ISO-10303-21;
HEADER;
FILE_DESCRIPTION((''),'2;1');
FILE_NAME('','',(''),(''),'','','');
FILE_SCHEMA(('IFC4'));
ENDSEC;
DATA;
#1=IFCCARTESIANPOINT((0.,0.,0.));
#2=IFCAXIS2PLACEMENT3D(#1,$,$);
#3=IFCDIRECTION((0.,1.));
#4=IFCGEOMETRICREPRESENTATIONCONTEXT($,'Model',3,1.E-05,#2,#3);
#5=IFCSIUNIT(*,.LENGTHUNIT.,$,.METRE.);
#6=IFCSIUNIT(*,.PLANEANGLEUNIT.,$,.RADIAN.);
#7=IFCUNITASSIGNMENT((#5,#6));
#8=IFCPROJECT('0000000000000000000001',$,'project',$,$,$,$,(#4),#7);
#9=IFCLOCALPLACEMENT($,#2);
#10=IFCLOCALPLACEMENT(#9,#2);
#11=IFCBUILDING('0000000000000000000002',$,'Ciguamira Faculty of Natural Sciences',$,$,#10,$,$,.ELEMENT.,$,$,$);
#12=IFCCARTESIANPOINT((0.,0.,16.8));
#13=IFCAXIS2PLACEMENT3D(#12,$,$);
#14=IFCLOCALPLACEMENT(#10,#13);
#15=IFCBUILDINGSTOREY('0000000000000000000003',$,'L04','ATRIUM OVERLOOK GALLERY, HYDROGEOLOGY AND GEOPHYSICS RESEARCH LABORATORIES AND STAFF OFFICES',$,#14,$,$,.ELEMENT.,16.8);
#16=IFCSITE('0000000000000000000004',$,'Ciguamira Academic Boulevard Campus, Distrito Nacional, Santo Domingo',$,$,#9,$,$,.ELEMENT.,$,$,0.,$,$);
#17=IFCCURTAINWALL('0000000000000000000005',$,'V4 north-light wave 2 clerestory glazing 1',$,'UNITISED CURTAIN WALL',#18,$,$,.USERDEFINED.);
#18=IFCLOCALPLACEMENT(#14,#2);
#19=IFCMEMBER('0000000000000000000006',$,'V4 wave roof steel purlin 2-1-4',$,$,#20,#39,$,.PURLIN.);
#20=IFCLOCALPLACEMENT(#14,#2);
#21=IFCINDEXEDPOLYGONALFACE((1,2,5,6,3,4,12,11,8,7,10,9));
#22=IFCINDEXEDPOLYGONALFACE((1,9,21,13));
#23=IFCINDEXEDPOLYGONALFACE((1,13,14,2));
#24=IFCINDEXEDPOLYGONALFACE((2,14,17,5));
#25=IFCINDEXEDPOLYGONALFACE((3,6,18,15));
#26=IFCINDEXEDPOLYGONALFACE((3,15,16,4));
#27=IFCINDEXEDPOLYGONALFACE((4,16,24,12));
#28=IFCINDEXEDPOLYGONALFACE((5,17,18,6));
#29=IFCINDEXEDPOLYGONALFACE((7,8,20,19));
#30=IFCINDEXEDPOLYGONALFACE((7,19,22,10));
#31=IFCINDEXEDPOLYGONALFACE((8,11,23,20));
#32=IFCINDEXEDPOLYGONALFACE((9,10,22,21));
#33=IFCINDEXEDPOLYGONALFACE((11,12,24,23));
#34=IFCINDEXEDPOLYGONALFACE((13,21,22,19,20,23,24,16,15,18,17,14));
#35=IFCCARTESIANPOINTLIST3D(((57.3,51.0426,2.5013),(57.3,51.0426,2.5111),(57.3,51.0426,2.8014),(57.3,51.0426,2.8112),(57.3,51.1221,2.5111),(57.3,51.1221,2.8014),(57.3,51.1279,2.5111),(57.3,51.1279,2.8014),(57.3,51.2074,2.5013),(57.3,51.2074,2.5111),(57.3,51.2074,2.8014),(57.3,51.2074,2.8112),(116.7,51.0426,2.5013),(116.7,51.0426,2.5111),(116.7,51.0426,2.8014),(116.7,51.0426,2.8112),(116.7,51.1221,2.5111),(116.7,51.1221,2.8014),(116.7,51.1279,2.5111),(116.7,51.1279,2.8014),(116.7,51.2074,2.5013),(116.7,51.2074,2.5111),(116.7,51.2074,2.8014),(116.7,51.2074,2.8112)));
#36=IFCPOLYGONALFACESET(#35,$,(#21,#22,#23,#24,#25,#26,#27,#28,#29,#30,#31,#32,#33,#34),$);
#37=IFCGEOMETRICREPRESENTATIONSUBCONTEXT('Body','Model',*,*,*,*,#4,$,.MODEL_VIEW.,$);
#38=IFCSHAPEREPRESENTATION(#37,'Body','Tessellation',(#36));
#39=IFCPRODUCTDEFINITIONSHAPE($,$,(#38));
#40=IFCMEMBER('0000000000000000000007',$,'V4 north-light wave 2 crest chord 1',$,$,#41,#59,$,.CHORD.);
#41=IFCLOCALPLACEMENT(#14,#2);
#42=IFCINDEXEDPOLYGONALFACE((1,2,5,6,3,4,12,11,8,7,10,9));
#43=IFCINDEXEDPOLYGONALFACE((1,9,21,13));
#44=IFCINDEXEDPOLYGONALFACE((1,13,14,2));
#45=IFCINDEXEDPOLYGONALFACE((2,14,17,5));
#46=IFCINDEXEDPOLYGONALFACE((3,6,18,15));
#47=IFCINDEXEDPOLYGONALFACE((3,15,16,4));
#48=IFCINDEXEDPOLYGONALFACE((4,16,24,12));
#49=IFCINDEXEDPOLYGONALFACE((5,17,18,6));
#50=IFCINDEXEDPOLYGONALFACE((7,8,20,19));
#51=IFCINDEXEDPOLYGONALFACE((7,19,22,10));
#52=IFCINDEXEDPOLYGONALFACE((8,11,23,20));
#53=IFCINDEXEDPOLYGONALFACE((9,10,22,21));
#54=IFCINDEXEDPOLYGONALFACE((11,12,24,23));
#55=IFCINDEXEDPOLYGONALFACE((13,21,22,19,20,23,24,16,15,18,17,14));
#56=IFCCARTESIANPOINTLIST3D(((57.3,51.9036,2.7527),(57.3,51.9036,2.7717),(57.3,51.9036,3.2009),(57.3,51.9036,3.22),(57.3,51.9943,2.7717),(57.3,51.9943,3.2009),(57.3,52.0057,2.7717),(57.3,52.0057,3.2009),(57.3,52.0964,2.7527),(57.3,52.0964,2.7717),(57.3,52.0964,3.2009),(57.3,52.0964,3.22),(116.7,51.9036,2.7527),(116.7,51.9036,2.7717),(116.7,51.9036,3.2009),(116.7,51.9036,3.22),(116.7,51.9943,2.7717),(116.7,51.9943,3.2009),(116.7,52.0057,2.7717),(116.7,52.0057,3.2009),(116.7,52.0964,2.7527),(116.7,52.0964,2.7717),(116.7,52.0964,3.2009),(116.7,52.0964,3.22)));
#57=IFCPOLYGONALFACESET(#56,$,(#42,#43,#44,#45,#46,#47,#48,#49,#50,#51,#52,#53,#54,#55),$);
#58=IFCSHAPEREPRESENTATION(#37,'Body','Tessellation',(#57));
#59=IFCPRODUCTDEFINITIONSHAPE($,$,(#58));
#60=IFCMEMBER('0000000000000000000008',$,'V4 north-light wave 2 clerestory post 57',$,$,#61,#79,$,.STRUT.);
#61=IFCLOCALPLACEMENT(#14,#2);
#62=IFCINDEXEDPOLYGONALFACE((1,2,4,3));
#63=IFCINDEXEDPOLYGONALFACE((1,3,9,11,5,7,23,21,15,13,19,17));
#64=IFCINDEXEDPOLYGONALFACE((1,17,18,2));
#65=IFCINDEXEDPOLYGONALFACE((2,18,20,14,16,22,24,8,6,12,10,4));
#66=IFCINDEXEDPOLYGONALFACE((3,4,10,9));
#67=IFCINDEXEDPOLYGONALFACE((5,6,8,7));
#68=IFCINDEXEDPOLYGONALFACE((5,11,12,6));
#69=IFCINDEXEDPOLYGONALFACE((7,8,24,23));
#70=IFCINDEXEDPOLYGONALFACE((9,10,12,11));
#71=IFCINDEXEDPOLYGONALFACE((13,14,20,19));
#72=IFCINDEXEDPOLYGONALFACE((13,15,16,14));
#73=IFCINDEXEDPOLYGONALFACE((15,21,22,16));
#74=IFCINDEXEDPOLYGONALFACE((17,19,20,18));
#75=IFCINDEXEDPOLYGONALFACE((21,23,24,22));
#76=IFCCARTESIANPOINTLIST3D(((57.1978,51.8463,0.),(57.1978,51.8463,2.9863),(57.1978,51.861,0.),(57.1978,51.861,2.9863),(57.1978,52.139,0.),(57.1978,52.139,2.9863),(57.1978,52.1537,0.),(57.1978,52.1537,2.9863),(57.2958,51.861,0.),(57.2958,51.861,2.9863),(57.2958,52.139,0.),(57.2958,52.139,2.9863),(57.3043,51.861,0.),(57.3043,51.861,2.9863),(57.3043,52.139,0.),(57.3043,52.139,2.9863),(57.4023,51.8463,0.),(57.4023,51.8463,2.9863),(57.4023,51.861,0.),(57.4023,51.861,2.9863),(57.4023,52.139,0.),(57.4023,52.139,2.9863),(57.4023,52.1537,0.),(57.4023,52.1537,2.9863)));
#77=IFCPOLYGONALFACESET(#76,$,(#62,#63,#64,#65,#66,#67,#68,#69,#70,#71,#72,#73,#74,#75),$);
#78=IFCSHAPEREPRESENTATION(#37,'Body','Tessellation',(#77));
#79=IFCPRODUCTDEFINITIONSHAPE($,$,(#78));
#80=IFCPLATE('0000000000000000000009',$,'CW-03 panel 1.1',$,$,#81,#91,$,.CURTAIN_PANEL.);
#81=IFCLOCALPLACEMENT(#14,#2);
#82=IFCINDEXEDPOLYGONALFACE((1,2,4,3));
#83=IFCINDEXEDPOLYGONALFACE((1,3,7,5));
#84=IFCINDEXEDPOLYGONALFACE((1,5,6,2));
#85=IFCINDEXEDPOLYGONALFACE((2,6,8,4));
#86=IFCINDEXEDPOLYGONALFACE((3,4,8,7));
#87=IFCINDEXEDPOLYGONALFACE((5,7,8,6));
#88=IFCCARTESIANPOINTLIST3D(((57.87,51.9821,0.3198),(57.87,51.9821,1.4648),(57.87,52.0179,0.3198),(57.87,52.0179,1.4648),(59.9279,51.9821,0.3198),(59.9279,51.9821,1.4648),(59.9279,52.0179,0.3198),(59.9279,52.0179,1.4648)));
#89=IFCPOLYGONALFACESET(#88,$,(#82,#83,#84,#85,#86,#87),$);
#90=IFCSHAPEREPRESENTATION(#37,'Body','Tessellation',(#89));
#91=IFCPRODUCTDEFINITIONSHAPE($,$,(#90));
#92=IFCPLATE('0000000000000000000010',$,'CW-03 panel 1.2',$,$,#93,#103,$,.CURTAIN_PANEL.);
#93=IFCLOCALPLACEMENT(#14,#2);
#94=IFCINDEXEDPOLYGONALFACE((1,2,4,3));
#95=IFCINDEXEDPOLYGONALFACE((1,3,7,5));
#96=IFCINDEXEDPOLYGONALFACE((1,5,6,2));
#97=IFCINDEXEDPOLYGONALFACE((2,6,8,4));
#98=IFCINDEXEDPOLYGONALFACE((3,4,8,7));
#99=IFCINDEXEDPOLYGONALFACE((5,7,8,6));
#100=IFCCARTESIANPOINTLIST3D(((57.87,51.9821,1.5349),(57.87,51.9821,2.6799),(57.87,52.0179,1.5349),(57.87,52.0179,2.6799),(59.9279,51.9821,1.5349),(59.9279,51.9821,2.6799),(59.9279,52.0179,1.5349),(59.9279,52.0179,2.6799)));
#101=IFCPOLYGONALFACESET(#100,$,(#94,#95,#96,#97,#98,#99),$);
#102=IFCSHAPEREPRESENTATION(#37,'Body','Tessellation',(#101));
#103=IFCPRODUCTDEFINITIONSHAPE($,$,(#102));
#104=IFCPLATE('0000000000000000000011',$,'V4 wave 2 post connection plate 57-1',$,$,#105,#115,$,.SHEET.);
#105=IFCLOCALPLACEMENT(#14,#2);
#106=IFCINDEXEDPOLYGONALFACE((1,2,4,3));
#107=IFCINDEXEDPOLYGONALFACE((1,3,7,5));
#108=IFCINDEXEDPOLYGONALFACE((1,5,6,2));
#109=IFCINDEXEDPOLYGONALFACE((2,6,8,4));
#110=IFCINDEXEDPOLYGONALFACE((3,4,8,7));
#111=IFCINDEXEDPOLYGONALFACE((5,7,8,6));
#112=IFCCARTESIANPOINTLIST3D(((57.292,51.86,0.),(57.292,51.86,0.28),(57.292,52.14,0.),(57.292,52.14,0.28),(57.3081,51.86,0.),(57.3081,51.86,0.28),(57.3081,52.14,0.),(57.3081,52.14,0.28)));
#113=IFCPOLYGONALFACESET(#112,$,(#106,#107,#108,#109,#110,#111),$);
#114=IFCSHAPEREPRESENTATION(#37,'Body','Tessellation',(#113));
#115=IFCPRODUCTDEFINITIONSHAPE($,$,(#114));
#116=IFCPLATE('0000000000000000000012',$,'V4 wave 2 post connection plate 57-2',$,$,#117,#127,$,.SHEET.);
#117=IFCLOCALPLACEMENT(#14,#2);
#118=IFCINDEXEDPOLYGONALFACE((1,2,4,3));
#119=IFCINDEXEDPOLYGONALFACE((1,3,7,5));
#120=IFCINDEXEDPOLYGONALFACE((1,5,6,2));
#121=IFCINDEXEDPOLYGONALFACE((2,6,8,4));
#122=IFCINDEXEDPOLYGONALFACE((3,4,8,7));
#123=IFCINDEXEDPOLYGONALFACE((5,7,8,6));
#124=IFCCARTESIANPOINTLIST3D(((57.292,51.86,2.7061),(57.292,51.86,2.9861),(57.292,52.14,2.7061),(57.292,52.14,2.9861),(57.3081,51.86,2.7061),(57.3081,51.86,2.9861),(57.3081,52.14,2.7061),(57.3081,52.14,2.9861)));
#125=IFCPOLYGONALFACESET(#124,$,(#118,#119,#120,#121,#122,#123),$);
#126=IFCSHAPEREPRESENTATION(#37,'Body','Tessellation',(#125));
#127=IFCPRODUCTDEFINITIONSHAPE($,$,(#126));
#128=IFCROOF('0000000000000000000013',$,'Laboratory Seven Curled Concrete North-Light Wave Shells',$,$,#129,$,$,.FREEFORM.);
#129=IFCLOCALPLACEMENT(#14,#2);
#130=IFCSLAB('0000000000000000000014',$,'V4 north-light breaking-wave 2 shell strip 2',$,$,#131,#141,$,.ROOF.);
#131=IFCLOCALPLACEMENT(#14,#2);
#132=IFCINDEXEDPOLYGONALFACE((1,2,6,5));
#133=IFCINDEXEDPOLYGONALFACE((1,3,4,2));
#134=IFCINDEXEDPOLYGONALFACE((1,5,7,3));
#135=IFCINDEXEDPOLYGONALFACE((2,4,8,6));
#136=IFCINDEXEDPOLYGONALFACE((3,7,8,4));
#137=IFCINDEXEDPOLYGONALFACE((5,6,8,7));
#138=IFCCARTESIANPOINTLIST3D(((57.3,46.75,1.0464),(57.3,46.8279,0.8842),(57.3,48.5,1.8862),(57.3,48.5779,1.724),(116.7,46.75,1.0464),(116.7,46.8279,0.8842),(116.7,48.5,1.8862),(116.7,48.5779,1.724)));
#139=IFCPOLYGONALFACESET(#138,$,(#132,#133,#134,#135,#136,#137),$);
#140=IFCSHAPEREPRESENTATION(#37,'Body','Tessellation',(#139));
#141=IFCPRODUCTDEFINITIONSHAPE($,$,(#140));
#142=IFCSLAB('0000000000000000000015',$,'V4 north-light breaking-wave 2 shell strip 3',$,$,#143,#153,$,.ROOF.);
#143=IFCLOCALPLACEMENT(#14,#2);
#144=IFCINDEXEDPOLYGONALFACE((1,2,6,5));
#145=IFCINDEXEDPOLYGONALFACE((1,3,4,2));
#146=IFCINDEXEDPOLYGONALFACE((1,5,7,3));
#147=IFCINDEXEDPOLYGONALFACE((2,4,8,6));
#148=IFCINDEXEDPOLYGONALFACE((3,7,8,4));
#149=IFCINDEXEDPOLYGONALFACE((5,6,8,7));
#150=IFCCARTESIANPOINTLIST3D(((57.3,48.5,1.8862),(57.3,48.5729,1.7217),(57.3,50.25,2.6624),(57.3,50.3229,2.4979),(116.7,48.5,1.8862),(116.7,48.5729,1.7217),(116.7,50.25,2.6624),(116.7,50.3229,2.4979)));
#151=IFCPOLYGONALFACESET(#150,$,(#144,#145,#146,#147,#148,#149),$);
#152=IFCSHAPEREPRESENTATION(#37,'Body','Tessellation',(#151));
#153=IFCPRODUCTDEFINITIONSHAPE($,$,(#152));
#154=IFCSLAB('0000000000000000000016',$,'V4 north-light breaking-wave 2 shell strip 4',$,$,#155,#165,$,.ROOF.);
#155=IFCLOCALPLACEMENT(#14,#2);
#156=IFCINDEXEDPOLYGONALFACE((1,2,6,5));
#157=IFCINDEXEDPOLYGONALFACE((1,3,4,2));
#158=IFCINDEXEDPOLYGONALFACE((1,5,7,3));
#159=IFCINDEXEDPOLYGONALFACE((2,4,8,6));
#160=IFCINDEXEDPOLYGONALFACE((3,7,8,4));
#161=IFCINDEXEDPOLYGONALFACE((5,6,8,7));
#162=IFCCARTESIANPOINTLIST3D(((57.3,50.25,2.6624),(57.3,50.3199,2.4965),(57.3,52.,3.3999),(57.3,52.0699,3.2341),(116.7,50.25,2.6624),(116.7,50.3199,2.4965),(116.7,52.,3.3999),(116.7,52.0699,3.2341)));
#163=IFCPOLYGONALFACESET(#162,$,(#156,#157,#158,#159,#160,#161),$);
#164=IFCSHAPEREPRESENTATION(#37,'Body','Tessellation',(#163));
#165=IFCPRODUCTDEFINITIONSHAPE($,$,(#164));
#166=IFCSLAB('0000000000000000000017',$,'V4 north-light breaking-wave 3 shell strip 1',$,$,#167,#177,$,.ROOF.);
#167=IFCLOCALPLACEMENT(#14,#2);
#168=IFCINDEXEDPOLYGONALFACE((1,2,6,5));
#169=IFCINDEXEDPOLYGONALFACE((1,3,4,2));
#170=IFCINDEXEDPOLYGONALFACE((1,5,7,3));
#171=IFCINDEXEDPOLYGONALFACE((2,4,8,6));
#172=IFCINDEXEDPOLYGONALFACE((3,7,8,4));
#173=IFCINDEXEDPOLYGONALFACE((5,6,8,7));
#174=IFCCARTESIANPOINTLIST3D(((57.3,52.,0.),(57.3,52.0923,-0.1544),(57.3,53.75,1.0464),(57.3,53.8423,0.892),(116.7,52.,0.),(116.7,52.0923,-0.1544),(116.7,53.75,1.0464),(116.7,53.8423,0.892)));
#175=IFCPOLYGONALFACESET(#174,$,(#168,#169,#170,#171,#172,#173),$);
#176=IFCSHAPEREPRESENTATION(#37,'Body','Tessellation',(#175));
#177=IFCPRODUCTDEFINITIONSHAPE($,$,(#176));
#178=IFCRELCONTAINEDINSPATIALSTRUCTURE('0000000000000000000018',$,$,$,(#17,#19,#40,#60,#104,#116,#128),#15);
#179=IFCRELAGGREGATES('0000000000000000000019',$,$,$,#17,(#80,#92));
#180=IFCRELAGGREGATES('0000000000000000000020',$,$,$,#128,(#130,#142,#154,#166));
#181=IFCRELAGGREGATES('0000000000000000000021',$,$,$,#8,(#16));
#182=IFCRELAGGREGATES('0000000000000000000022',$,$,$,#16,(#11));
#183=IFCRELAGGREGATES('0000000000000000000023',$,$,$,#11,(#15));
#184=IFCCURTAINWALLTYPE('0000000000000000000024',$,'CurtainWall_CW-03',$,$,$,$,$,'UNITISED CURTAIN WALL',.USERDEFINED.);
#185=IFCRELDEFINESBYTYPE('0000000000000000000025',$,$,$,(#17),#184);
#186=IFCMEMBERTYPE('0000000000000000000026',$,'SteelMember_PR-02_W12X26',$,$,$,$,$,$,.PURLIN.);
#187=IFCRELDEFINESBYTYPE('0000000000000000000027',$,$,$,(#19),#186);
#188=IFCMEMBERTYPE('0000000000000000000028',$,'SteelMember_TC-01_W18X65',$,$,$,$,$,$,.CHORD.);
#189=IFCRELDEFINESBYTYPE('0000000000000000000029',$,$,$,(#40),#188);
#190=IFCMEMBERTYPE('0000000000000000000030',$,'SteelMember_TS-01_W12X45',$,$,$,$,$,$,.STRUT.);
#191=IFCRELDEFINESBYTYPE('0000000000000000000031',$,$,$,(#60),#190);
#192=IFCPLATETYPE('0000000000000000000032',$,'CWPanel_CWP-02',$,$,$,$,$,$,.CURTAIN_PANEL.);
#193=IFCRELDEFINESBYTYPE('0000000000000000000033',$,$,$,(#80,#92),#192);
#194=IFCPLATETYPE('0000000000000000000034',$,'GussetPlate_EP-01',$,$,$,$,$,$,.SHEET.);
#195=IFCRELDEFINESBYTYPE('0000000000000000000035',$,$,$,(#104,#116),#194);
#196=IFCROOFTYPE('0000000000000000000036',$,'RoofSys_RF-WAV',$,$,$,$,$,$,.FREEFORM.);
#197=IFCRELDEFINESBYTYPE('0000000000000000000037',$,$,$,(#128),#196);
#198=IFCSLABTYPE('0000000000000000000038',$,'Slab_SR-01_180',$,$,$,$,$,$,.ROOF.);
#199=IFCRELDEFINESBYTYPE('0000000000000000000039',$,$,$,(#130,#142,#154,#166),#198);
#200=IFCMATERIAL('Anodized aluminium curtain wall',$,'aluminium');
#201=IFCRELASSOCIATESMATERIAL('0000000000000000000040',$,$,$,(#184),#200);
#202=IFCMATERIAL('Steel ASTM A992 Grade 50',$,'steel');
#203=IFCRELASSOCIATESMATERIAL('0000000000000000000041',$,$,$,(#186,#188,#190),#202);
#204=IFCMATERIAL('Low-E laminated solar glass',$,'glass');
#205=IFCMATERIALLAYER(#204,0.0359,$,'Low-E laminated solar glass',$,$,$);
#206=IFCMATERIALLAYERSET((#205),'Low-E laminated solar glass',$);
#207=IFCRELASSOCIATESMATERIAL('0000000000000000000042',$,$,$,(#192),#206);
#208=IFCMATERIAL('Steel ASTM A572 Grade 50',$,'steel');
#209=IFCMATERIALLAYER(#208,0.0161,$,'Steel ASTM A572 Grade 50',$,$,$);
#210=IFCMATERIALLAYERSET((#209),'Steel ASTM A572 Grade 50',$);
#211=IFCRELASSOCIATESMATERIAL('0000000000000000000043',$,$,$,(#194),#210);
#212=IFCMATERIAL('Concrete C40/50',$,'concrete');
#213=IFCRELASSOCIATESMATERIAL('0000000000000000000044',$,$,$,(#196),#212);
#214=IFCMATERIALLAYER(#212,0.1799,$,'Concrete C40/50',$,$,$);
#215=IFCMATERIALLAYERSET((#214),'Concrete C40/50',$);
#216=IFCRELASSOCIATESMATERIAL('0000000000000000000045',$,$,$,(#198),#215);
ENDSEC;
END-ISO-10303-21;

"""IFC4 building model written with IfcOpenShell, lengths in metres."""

from ifc_helpers import new_model, si_unit, direction, frame, origin, origin_2d, place, context, subcontext, project, spatial, polyline, rectangle, i_section, outline, extrude, material, layer, layer_set, material_profile, profile_set, type_object, element, aggregate, save


model = new_model("IFC4")

# Units and contexts
model_context = context("Model", 3, precision=1e-05, world=origin(), true_north=direction((0.0, 1.0)))
body_context = subcontext(model_context, "Body", "Model", "MODEL_VIEW")
ifc_project = project(units=[si_unit("LENGTHUNIT", "METRE"), si_unit("PLANEANGLEUNIT", "RADIAN")], contexts=[model_context])

# Site, building, storey
site_placement = place(None, origin())
site = spatial("IfcSite", under=ifc_project, at=site_placement, Name="Ciguamira Academic Boulevard Campus, Distrito Nacional, Santo Domingo", CompositionType="ELEMENT", RefElevation=0.0)
building_placement = place(site_placement, origin())
building = spatial("IfcBuilding", under=site, at=building_placement, Name="Ciguamira Faculty of Natural Sciences", CompositionType="ELEMENT")
storey_placement = place(building_placement, frame((0.0, 0.0, 16.8)))
storey = spatial("IfcBuildingStorey", under=building, at=storey_placement, Name="L04", Description="ATRIUM OVERLOOK GALLERY, HYDROGEOLOGY AND GEOPHYSICS RESEARCH LABORATORIES AND STAFF OFFICES", CompositionType="ELEMENT", Elevation=16.8)

# Curtain wall
ifc_material_1 = material(Name="Anodized aluminium curtain wall", Category="aluminium")
curtain_wall_type = type_object("IfcCurtainWallType", Name="CurtainWall_CW-03", ElementType="UNITISED CURTAIN WALL", PredefinedType="USERDEFINED", material=ifc_material_1)
curtain_wall_placement = place(storey_placement, origin())
curtain_wall = element("IfcCurtainWall", 1, at=curtain_wall_placement, inside=storey, type_object=curtain_wall_type, Name="V4 north-light wave 2 clerestory glazing 1", ObjectType="UNITISED CURTAIN WALL", PredefinedType="USERDEFINED")

# Shared definitions
ifc_material_2 = material(Name="Concrete C40/50", Category="concrete")

# Members
ifc_material_3 = material(Name="Steel ASTM A992 Grade 50", Category="steel")
ifc_material_profile_1 = material_profile(ifc_material_3, i_section(OverallWidth=0.1648, OverallDepth=0.3098, WebThickness=0.0059, FlangeThickness=0.0098, at=origin_2d()), Name="W12X26")
ifc_profile_set_1 = profile_set([ifc_material_profile_1], Name="Steel ASTM A992 Grade 50")
member_type_1 = type_object("IfcMemberType", Name="SteelMember_PR-02_W12X26", PredefinedType="PURLIN", material=ifc_profile_set_1)
for number, where, z_axis, x_axis, name in (
    (2, (57.3, 51.125, 2.6562), (1.0, 0.0, 0.0), (0.0, 1.0, 0.0), "V4 wave roof steel purlin 2-1-4"),
):
    element("IfcMember", number, at=place(storey_placement, frame(where, z_axis=z_axis, x_axis=x_axis)), inside=storey, type_object=member_type_1, Name=name, PredefinedType="PURLIN", context=body_context, shape_type="SweptSolid", body=[
        extrude(i_section(OverallWidth=0.1648, OverallDepth=0.3098, WebThickness=0.0059, FlangeThickness=0.0098, at=origin_2d()), origin(), (0.0, 0.0, 1.0), 59.3999),
    ])
ifc_material_profile_2 = material_profile(ifc_material_3, i_section(OverallWidth=0.1929, OverallDepth=0.4673, WebThickness=0.0115, FlangeThickness=0.019, at=origin_2d()), Name="W18X65")
ifc_profile_set_2 = profile_set([ifc_material_profile_2], Name="Steel ASTM A992 Grade 50")
member_type_2 = type_object("IfcMemberType", Name="SteelMember_TC-01_W18X65", PredefinedType="CHORD", material=ifc_profile_set_2)
member_1_placement = place(storey_placement, frame((57.3, 52.0, 2.9863), z_axis=(1.0, 0.0, 0.0), x_axis=(0.0, 1.0, 0.0)))
element("IfcMember", 3, at=member_1_placement, inside=storey, type_object=member_type_2, Name="V4 north-light wave 2 crest chord 1", PredefinedType="CHORD", context=body_context, shape_type="SweptSolid", body=[
    extrude(i_section(OverallWidth=0.1929, OverallDepth=0.4673, WebThickness=0.0115, FlangeThickness=0.019, at=origin_2d()), origin(), (0.0, 0.0, 1.0), 59.3999),
])
ifc_material_profile_3 = material_profile(ifc_material_3, i_section(OverallWidth=0.2046, OverallDepth=0.3074, WebThickness=0.0085, FlangeThickness=0.0146, at=origin_2d()), Name="W12X45")
ifc_profile_set_3 = profile_set([ifc_material_profile_3], Name="Steel ASTM A992 Grade 50")
member_type_3 = type_object("IfcMemberType", Name="SteelMember_TS-01_W12X45", PredefinedType="STRUT", material=ifc_profile_set_3)
member_2_placement = place(storey_placement, frame((57.3, 52.0, 0.0), z_axis=(0.0, 0.0, 1.0), x_axis=(1.0, 0.0, 0.0)))
element("IfcMember", 4, at=member_2_placement, inside=storey, type_object=member_type_3, Name="V4 north-light wave 2 clerestory post 57", PredefinedType="STRUT", context=body_context, shape_type="SweptSolid", body=[
    extrude(i_section(OverallWidth=0.2046, OverallDepth=0.3074, WebThickness=0.0085, FlangeThickness=0.0146, at=origin_2d()), origin(), (0.0, 0.0, 1.0), 2.9863),
])

# Plates
ifc_material_4 = material(Name="Low-E laminated solar glass", Category="glass")
ifc_layer_1 = layer(ifc_material_4, 0.0359, Name="Low-E laminated solar glass")
ifc_layer_set_1 = layer_set([ifc_layer_1], Name="Low-E laminated solar glass")
plate_type_1 = type_object("IfcPlateType", Name="CWPanel_CWP-02", PredefinedType="CURTAIN_PANEL", material=ifc_layer_set_1)
plate_1_placement = place(storey_placement, frame((58.8989, 52.0, 0.3198), z_axis=(0.0, 0.0, 1.0), x_axis=(1.0, 0.0, 0.0)))
plate_1 = element("IfcPlate", 5, at=plate_1_placement, type_object=plate_type_1, Name="CW-03 panel 1.1", PredefinedType="CURTAIN_PANEL", context=body_context, shape_type="SweptSolid", body=[
    extrude(rectangle(XDim=2.0579, YDim=0.0359, at=origin_2d()), origin(), (0.0, 0.0, 1.0), 1.145),
])
plate_2_placement = place(storey_placement, frame((58.8989, 52.0, 1.5349), z_axis=(0.0, 0.0, 1.0), x_axis=(1.0, 0.0, 0.0)))
plate_2 = element("IfcPlate", 6, at=plate_2_placement, type_object=plate_type_1, Name="CW-03 panel 1.2", PredefinedType="CURTAIN_PANEL", context=body_context, shape_type="SweptSolid", body=[
    extrude(rectangle(XDim=2.0579, YDim=0.0359, at=origin_2d()), origin(), (0.0, 0.0, 1.0), 1.145),
])
aggregate(curtain_wall, [plate_1, plate_2])

# Plates
ifc_material_5 = material(Name="Steel ASTM A572 Grade 50", Category="steel")
ifc_layer_2 = layer(ifc_material_5, 0.0161, Name="Steel ASTM A572 Grade 50")
ifc_layer_set_2 = layer_set([ifc_layer_2], Name="Steel ASTM A572 Grade 50")
plate_type_2 = type_object("IfcPlateType", Name="GussetPlate_EP-01", PredefinedType="SHEET", material=ifc_layer_set_2)
for number, where, z_axis, x_axis, name in (
    (7, (57.3, 52.0, 0.0), (0.0, 0.0, 1.0), (1.0, 0.0, 0.0), "V4 wave 2 post connection plate 57-1"),
    (8, (57.3, 52.0, 2.7061), (0.0, 0.0, 1.0), (1.0, 0.0, 0.0), "V4 wave 2 post connection plate 57-2"),
):
    element("IfcPlate", number, at=place(storey_placement, frame(where, z_axis=z_axis, x_axis=x_axis)), inside=storey, type_object=plate_type_2, Name=name, PredefinedType="SHEET", context=body_context, shape_type="SweptSolid", body=[
        extrude(rectangle(XDim=0.0161, YDim=0.28, at=origin_2d()), origin(), (0.0, 0.0, 1.0), 0.28),
    ])

# Roof, slabs
roof_type = type_object("IfcRoofType", Name="RoofSys_RF-WAV", PredefinedType="FREEFORM", material=ifc_material_2)
roof_placement = place(storey_placement, origin())
roof = element("IfcRoof", 9, at=roof_placement, inside=storey, type_object=roof_type, Name="Laboratory Seven Curled Concrete North-Light Wave Shells", PredefinedType="FREEFORM")
ifc_layer_3 = layer(ifc_material_2, 0.1799, Name="Concrete C40/50")
ifc_layer_set_3 = layer_set([ifc_layer_3], Name="Concrete C40/50")
slab_type = type_object("IfcSlabType", Name="Slab_SR-01_180", PredefinedType="ROOF", material=ifc_layer_set_3)
slab_1_placement = place(storey_placement, frame((57.3, 46.75, 1.0464), z_axis=(0.0, -0.432666, 0.901554), x_axis=(1.0, 0.0, 0.0)))
slab_1 = element("IfcSlab", 10, at=slab_1_placement, type_object=slab_type, Name="V4 north-light breaking-wave 2 shell strip 2", PredefinedType="ROOF", context=body_context, shape_type="SweptSolid", body=[
    extrude(outline(polyline([(0.0, 0.0), (59.3999, 0.0), (59.3999, 1.9411), (0.0, 1.9411), (0.0, 0.0)])), origin(), (0.0, 0.0, -1.0), 0.1799),
])
slab_2_placement = place(storey_placement, frame((57.3, 48.5, 1.8862), z_axis=(0.0, -0.405417, 0.914132), x_axis=(1.0, 0.0, 0.0)))
slab_2 = element("IfcSlab", 11, at=slab_2_placement, type_object=slab_type, Name="V4 north-light breaking-wave 2 shell strip 3", PredefinedType="ROOF", context=body_context, shape_type="SweptSolid", body=[
    extrude(outline(polyline([(0.0, 0.0), (59.3999, 0.0), (59.3999, 1.9144), (0.0, 1.9144), (0.0, 0.0)])), origin(), (0.0, 0.0, -1.0), 0.1799),
])
slab_3_placement = place(storey_placement, frame((57.3, 50.25, 2.6624), z_axis=(0.0, -0.388373, 0.921502), x_axis=(1.0, 0.0, 0.0)))
slab_3 = element("IfcSlab", 12, at=slab_3_placement, type_object=slab_type, Name="V4 north-light breaking-wave 2 shell strip 4", PredefinedType="ROOF", context=body_context, shape_type="SweptSolid", body=[
    extrude(outline(polyline([(0.0, 0.0), (59.3999, 0.0), (59.3999, 1.8991), (0.0, 1.8991), (0.0, 0.0)])), origin(), (0.0, 0.0, -1.0), 0.1799),
])
slab_4_placement = place(storey_placement, frame((57.3, 52.0, 0.0), z_axis=(0.0, -0.513192, 0.858274), x_axis=(1.0, 0.0, 0.0)))
slab_4 = element("IfcSlab", 13, at=slab_4_placement, type_object=slab_type, Name="V4 north-light breaking-wave 3 shell strip 1", PredefinedType="ROOF", context=body_context, shape_type="SweptSolid", body=[
    extrude(outline(polyline([(0.0, 0.0), (59.3999, 0.0), (59.3999, 2.039), (0.0, 2.039), (0.0, 0.0)])), origin(), (0.0, 0.0, -1.0), 0.1799),
])
aggregate(roof, [slab_1, slab_2, slab_3, slab_4])

save(model, "model.ifc")
